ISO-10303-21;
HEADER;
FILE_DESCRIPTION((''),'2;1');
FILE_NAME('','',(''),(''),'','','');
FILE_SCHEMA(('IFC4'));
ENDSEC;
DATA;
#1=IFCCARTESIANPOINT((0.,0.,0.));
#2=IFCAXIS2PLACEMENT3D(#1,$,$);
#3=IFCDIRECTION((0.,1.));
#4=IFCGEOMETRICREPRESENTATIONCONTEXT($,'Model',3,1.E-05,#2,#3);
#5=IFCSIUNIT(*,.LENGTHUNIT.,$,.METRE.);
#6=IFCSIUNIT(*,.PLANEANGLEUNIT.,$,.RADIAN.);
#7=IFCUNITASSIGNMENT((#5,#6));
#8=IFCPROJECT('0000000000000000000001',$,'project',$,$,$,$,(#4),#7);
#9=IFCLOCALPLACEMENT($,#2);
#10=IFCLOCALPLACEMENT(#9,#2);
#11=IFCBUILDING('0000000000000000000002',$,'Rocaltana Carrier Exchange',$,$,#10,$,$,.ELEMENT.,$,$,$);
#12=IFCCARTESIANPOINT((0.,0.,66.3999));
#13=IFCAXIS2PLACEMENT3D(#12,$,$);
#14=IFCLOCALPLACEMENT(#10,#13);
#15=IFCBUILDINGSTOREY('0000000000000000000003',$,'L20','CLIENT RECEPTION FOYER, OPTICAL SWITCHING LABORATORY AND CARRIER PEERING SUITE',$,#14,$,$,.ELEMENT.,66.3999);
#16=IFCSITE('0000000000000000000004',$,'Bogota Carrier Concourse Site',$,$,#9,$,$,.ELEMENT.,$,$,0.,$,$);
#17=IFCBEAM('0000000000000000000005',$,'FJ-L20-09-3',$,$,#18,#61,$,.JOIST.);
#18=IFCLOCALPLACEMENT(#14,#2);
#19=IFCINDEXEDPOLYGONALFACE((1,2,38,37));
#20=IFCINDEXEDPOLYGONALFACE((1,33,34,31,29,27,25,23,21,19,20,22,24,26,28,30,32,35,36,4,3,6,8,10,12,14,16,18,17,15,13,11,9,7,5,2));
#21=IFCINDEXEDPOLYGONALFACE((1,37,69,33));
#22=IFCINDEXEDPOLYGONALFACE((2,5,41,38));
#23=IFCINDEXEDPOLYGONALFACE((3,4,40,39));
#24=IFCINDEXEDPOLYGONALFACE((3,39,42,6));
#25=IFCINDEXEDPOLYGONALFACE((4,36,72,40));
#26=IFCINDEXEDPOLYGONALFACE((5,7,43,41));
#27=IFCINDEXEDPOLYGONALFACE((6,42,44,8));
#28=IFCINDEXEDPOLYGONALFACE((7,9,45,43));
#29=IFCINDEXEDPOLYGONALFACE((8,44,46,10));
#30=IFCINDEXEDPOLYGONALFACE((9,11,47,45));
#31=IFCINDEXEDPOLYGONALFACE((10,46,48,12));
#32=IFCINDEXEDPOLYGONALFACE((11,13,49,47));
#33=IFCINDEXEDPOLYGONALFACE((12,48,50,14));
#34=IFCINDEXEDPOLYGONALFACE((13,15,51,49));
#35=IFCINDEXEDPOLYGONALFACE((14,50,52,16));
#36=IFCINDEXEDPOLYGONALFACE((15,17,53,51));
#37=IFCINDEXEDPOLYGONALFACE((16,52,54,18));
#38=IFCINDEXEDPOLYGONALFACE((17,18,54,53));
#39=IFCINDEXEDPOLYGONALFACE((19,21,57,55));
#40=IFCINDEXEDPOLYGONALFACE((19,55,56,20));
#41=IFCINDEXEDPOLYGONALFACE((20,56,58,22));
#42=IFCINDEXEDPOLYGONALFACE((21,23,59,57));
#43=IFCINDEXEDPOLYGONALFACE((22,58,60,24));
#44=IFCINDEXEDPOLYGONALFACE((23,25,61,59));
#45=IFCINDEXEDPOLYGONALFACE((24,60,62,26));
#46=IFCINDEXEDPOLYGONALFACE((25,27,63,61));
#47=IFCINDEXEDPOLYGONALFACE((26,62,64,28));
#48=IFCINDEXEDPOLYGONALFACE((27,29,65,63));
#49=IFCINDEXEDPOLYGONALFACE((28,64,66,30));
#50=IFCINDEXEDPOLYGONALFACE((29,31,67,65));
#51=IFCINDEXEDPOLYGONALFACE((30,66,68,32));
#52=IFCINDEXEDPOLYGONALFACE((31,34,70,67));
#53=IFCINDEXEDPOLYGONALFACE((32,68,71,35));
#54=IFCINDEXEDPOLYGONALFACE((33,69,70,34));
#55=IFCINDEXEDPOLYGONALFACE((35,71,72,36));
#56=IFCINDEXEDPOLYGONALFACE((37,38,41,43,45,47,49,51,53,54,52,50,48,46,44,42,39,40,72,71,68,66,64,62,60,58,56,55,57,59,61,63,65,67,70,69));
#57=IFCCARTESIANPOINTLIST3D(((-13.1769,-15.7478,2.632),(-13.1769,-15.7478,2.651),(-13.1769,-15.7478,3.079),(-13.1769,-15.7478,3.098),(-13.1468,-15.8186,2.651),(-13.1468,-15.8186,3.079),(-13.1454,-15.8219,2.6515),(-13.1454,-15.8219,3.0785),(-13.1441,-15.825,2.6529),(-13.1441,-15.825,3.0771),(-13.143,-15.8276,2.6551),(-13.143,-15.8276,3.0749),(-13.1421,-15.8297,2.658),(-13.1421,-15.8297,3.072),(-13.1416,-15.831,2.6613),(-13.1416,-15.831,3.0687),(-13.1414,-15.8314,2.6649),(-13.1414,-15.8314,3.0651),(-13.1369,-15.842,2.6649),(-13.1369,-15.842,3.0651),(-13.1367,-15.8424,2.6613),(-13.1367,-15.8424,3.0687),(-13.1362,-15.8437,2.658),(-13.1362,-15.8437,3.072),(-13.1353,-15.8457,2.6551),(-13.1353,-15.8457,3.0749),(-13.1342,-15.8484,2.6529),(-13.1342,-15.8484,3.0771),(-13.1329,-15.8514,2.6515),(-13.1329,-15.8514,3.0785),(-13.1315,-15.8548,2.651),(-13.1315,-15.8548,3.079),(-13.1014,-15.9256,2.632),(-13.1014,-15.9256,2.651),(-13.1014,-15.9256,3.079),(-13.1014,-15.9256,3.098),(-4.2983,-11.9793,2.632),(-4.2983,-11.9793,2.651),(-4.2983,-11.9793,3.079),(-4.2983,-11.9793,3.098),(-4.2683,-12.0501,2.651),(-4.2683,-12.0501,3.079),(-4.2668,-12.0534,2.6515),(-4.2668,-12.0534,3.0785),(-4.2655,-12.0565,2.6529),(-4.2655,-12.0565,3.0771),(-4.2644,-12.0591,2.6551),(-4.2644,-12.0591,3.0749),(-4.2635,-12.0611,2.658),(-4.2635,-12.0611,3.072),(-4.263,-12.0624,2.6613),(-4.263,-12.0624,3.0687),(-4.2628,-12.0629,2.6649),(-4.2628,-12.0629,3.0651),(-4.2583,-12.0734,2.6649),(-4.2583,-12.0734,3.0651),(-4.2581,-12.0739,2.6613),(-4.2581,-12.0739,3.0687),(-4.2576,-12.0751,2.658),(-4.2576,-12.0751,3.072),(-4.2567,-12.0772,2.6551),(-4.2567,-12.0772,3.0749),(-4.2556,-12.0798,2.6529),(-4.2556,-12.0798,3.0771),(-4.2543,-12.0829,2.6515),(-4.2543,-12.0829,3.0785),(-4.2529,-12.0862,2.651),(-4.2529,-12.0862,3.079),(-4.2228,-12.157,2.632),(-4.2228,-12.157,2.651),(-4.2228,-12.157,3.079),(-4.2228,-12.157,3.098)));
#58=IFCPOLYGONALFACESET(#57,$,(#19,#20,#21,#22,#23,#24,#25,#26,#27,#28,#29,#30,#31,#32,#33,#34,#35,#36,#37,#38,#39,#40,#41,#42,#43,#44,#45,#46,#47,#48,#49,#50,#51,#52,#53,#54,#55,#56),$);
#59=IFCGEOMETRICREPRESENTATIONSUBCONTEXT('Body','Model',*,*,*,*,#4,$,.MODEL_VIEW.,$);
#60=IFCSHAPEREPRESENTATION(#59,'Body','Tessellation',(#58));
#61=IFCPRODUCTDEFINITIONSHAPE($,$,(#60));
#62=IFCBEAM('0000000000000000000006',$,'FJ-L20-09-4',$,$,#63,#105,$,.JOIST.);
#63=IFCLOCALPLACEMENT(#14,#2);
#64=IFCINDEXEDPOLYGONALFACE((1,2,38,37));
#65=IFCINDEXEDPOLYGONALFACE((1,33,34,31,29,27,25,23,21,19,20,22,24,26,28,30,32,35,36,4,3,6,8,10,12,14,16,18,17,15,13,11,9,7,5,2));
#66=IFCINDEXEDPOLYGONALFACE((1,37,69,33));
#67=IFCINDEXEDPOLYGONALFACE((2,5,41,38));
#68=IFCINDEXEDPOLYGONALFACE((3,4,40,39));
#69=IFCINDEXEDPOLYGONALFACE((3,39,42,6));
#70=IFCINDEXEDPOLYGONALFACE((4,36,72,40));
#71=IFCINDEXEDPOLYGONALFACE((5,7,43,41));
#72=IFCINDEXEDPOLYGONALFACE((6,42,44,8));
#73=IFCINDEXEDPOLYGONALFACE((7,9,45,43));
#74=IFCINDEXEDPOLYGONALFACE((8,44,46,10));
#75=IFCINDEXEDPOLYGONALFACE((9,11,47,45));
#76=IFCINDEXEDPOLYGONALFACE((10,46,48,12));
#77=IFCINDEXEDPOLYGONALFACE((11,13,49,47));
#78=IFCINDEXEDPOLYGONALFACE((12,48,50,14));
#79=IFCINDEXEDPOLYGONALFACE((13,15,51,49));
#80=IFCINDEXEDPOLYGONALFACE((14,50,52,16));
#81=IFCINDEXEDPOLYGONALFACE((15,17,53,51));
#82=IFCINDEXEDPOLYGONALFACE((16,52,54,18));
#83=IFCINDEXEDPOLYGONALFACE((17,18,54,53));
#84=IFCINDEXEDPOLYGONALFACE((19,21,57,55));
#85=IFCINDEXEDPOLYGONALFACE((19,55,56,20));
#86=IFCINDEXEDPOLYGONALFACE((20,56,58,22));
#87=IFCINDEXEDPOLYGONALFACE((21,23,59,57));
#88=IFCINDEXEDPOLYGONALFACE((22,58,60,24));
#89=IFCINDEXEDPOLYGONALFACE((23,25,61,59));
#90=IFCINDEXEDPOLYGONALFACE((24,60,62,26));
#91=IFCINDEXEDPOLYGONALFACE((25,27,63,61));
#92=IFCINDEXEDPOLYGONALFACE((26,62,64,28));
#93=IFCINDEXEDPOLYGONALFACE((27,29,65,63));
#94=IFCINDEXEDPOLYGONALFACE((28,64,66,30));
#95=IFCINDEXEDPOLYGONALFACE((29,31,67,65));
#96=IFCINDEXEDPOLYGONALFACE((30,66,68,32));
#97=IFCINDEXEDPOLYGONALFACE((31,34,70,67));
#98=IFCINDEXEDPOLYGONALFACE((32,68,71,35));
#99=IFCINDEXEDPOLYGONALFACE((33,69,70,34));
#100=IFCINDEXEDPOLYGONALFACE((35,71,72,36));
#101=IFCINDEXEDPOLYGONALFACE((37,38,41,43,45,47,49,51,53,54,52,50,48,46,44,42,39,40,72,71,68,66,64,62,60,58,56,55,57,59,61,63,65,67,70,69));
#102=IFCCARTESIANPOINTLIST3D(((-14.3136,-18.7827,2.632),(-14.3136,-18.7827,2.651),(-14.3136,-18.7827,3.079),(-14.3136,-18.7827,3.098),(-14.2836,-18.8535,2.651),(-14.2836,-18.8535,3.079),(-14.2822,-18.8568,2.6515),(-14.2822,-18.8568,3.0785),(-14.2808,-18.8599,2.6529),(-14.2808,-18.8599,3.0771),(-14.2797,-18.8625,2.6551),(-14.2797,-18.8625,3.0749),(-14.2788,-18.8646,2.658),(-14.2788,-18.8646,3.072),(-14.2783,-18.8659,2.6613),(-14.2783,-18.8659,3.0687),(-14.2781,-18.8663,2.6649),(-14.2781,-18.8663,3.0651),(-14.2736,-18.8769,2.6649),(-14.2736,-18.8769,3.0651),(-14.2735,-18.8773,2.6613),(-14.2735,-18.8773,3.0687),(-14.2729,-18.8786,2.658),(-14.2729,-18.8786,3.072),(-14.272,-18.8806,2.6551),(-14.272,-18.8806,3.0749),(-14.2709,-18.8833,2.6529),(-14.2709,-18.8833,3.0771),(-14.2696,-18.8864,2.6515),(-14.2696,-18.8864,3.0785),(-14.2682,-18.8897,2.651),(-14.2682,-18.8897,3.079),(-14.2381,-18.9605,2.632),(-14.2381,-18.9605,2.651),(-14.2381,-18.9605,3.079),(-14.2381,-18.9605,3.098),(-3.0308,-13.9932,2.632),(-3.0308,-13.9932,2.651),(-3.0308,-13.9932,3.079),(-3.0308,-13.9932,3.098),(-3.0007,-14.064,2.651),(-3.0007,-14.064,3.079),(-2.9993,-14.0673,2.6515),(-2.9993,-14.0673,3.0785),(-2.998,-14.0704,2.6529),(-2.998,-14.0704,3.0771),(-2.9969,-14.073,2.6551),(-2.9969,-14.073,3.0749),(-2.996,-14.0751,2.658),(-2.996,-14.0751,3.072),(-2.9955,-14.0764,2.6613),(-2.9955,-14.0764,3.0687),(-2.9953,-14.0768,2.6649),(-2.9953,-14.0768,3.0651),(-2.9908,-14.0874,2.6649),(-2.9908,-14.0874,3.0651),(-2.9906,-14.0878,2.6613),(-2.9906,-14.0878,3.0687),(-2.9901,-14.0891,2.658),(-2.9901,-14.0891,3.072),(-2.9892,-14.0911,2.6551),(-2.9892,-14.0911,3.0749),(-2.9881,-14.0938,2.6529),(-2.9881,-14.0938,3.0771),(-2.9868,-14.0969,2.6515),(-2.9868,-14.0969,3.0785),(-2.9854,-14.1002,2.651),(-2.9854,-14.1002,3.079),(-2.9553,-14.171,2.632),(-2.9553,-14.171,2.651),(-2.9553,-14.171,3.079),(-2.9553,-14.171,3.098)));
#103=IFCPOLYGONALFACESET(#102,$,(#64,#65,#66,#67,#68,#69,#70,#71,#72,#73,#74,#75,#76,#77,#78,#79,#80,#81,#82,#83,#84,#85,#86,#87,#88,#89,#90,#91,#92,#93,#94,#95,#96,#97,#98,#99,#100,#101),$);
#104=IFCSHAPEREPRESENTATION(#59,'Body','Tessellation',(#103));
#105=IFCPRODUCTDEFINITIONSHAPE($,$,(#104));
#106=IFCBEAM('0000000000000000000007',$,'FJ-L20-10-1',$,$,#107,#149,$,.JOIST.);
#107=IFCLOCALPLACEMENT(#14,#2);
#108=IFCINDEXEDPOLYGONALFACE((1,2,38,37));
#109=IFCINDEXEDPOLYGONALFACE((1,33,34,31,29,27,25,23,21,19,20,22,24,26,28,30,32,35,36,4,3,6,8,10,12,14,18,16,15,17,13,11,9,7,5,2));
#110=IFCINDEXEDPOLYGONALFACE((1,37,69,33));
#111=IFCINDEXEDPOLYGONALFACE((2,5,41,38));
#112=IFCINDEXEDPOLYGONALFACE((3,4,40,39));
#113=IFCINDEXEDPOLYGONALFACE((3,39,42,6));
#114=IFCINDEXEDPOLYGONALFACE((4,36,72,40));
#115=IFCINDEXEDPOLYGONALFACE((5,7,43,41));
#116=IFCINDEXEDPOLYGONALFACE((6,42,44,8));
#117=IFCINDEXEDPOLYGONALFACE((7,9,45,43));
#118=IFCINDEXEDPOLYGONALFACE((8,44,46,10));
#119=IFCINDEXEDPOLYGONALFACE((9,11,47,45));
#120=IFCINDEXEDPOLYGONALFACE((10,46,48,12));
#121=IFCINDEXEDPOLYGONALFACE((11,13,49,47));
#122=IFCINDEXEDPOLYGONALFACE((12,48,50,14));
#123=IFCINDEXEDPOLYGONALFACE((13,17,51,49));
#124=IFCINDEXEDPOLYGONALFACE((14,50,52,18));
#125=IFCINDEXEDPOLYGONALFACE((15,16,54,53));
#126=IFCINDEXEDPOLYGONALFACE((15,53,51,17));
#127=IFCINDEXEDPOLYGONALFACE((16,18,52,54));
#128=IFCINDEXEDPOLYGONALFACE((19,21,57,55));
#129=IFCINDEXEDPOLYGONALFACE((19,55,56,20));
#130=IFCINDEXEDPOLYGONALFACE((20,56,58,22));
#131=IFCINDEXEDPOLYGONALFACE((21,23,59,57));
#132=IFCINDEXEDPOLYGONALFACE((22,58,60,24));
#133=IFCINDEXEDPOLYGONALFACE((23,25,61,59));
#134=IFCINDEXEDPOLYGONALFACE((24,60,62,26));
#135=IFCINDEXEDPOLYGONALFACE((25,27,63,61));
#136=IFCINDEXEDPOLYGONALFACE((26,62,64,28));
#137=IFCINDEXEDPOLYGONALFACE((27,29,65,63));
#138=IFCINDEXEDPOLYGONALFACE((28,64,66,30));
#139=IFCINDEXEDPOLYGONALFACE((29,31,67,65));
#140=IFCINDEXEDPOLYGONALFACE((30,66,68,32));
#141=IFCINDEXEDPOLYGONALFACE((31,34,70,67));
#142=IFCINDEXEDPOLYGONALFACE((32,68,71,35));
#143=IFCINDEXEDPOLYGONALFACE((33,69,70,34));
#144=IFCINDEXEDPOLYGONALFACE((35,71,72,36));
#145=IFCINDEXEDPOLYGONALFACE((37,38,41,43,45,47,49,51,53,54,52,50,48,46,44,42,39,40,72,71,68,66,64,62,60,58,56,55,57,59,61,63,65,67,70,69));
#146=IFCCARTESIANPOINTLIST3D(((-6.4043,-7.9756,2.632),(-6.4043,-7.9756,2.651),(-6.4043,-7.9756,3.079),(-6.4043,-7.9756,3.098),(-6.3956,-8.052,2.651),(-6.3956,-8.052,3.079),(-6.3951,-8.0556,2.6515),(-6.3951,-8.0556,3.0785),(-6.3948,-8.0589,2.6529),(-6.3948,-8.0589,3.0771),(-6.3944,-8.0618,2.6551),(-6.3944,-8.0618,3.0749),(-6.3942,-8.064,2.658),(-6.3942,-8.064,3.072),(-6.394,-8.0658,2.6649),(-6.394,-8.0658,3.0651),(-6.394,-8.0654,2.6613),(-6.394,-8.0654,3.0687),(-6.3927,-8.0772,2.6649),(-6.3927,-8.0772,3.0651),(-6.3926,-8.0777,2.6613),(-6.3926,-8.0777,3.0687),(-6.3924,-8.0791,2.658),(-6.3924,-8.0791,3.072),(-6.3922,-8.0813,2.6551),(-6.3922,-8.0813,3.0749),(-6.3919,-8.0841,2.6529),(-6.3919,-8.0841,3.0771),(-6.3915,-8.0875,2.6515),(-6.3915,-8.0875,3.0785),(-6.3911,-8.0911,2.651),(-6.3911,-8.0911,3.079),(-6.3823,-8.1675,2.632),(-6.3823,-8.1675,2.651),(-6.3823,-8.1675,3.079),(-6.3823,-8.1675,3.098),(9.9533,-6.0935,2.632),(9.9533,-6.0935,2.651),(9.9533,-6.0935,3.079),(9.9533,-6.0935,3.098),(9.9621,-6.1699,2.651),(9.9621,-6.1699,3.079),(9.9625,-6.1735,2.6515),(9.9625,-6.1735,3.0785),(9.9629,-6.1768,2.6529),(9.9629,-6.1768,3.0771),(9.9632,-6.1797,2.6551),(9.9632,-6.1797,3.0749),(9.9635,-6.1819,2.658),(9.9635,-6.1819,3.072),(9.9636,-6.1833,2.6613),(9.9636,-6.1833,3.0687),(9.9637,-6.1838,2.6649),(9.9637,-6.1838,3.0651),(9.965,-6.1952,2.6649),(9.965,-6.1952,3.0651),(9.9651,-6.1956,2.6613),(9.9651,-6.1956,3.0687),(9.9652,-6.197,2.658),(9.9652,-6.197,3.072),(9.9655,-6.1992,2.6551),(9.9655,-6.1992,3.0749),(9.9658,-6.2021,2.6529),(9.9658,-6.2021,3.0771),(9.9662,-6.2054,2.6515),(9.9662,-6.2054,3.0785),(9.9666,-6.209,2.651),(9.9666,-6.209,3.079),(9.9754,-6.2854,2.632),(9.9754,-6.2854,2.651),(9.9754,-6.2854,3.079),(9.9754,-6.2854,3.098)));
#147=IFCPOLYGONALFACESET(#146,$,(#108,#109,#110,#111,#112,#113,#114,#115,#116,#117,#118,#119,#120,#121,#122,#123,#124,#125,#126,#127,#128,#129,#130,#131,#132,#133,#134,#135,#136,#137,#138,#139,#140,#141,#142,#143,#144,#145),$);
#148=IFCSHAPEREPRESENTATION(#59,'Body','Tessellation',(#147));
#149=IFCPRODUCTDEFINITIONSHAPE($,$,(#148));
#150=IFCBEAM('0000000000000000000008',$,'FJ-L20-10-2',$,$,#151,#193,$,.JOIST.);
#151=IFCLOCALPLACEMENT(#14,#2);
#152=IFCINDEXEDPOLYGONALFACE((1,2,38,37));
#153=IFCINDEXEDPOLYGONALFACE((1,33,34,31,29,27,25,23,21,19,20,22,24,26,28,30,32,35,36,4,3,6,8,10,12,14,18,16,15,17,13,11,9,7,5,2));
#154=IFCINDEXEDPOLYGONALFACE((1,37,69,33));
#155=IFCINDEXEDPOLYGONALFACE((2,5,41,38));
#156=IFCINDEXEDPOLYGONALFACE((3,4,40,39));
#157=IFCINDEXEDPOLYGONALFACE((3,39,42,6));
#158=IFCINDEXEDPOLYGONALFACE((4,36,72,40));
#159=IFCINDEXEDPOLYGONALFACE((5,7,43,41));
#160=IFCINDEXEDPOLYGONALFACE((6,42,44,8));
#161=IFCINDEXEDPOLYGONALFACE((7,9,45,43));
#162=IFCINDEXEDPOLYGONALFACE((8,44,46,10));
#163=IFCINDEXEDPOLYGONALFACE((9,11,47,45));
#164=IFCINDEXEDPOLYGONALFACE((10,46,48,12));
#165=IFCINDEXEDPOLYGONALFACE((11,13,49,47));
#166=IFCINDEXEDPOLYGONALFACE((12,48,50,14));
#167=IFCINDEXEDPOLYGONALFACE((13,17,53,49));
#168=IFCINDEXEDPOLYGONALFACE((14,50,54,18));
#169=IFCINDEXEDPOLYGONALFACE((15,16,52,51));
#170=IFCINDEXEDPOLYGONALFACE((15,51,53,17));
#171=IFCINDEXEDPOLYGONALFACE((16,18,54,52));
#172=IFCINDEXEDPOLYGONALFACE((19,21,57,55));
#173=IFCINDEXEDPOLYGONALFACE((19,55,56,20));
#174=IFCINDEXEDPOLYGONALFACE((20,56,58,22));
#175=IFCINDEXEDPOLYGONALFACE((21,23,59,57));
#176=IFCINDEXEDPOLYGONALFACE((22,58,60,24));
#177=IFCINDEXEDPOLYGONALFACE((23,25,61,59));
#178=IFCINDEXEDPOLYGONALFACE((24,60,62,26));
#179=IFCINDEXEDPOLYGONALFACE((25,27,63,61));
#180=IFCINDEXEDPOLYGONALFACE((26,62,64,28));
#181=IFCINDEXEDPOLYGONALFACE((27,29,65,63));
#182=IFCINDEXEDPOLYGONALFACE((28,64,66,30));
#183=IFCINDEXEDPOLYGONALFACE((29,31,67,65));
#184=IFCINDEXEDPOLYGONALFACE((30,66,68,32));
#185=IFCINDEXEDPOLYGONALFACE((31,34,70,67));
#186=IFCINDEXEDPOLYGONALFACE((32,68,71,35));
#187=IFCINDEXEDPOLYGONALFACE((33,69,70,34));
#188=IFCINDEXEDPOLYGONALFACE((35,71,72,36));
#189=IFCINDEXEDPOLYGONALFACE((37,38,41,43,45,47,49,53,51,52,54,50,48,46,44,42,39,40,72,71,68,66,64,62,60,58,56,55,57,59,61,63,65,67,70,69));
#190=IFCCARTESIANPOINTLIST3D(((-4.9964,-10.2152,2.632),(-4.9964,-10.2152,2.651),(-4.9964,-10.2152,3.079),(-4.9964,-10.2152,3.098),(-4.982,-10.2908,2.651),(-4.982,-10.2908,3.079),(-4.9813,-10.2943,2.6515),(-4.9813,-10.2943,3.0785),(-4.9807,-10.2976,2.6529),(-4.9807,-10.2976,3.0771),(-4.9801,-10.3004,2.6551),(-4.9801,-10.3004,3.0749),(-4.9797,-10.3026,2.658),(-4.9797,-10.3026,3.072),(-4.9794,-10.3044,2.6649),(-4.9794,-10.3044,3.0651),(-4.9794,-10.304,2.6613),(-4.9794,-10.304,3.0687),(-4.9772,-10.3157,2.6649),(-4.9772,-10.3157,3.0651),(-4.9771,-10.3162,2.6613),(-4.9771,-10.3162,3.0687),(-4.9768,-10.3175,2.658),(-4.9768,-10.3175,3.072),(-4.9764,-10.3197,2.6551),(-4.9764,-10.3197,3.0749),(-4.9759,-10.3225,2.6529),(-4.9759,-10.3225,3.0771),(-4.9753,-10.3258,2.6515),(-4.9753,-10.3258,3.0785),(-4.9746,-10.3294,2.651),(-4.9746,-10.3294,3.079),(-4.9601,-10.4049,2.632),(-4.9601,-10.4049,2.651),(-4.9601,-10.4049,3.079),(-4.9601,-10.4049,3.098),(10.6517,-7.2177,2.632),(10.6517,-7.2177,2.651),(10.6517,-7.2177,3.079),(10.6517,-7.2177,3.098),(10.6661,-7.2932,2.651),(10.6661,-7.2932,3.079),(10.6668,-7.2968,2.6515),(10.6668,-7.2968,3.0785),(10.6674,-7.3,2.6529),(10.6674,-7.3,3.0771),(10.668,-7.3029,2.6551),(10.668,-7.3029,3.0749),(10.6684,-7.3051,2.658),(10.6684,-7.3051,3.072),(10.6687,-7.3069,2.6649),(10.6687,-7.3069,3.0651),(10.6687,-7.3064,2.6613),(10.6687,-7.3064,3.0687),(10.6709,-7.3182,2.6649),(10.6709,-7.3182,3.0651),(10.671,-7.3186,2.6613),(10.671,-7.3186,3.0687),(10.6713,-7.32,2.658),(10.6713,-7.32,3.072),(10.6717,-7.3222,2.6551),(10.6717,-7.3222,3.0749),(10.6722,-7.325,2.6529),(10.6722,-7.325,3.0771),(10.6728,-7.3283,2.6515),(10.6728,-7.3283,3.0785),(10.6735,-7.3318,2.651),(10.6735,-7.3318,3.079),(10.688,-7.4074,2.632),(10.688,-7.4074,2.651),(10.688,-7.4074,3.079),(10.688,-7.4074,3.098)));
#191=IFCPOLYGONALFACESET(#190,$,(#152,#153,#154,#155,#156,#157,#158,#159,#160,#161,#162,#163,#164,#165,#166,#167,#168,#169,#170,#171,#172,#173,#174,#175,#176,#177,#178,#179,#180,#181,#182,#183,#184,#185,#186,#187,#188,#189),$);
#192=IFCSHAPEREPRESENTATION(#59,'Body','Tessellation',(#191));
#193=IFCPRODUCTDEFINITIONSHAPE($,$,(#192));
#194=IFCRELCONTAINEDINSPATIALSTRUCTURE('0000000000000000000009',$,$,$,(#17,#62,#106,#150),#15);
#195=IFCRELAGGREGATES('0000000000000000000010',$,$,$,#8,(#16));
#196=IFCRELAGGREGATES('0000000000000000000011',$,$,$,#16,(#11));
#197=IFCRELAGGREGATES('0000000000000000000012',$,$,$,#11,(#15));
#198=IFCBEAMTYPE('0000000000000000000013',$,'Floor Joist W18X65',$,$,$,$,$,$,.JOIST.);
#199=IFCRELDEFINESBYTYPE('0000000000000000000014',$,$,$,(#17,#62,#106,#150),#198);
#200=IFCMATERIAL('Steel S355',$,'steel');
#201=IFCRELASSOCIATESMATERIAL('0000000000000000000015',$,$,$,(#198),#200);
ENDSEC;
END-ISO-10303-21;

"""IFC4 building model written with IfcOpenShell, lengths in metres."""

from ifc_helpers import new_model, si_unit, direction, frame, origin, origin_2d, place, context, subcontext, project, spatial, i_section, extrude, material, material_profile, profile_set, type_object, element, save


model = new_model("IFC4")

# Units and contexts
model_context = context("Model", 3, precision=1e-05, world=origin(), true_north=direction((0.0, 1.0)))
body_context = subcontext(model_context, "Body", "Model", "MODEL_VIEW")
ifc_project = project(units=[si_unit("LENGTHUNIT", "METRE"), si_unit("PLANEANGLEUNIT", "RADIAN")], contexts=[model_context])

# Site, building, storey
site_placement = place(None, origin())
site = spatial("IfcSite", under=ifc_project, at=site_placement, Name="Bogota Carrier Concourse Site", CompositionType="ELEMENT", RefElevation=0.0)
building_placement = place(site_placement, origin())
building = spatial("IfcBuilding", under=site, at=building_placement, Name="Rocaltana Carrier Exchange", CompositionType="ELEMENT")
storey_placement = place(building_placement, frame((0.0, 0.0, 66.3999)))
storey = spatial("IfcBuildingStorey", under=building, at=storey_placement, Name="L20", Description="CLIENT RECEPTION FOYER, OPTICAL SWITCHING LABORATORY AND CARRIER PEERING SUITE", CompositionType="ELEMENT", Elevation=66.3999)

# Beams
ifc_material_1 = material(Name="Steel S355", Category="steel")
ifc_material_profile_1 = material_profile(ifc_material_1, i_section(OverallWidth=0.1931, OverallDepth=0.4661, WebThickness=0.0115, FlangeThickness=0.019, FilletRadius=0.0139, at=origin_2d()), Name="W18X65")
ifc_profile_set_1 = profile_set([ifc_material_profile_1], Name="Steel S355")
beam_type = type_object("IfcBeamType", Name="Floor Joist W18X65", PredefinedType="JOIST", material=ifc_profile_set_1)
beam_1_placement = place(storey_placement, frame((-13.1392, -15.8367, 2.865), z_axis=(0.920513, 0.390712, 0.0), x_axis=(-0.390712, 0.920513, 0.0)))
element("IfcBeam", 1, at=beam_1_placement, inside=storey, type_object=beam_type, Name="FJ-L20-09-3", PredefinedType="JOIST", context=body_context, shape_type="SweptSolid", body=[
    extrude(i_section(OverallWidth=0.1931, OverallDepth=0.4661, WebThickness=0.0115, FlangeThickness=0.019, FilletRadius=0.0139, at=origin_2d()), origin(), (0.0, 0.0, 1.0), 9.6453),
])
beam_2_placement = place(storey_placement, frame((-14.2759, -18.8716, 2.865), z_axis=(0.920498, 0.390746, 0.0), x_axis=(-0.390746, 0.920498, 0.0)))
element("IfcBeam", 2, at=beam_2_placement, inside=storey, type_object=beam_type, Name="FJ-L20-09-4", PredefinedType="JOIST", context=body_context, shape_type="SweptSolid", body=[
    extrude(i_section(OverallWidth=0.1931, OverallDepth=0.4661, WebThickness=0.0115, FlangeThickness=0.019, FilletRadius=0.0139, at=origin_2d()), origin(), (0.0, 0.0, 1.0), 12.2573),
])
beam_3_placement = place(storey_placement, frame((-6.3933, -8.0715, 2.865), z_axis=(0.993446, 0.114304, 0.0), x_axis=(-0.114304, 0.993446, 0.0)))
element("IfcBeam", 3, at=beam_3_placement, inside=storey, type_object=beam_type, Name="FJ-L20-10-1", PredefinedType="JOIST", context=body_context, shape_type="SweptSolid", body=[
    extrude(i_section(OverallWidth=0.1931, OverallDepth=0.4661, WebThickness=0.0115, FlangeThickness=0.019, FilletRadius=0.0139, at=origin_2d()), origin(), (0.0, 0.0, 1.0), 16.4656),
])
beam_4_placement = place(storey_placement, frame((-4.9783, -10.3101, 2.865), z_axis=(0.982142, 0.188139, 0.0), x_axis=(-0.188139, 0.982142, 0.0)))
element("IfcBeam", 4, at=beam_4_placement, inside=storey, type_object=beam_type, Name="FJ-L20-10-2", PredefinedType="JOIST", context=body_context, shape_type="SweptSolid", body=[
    extrude(i_section(OverallWidth=0.1931, OverallDepth=0.4661, WebThickness=0.0115, FlangeThickness=0.019, FilletRadius=0.0139, at=origin_2d()), origin(), (0.0, 0.0, 1.0), 15.9326),
])

save(model, "model.ifc")
